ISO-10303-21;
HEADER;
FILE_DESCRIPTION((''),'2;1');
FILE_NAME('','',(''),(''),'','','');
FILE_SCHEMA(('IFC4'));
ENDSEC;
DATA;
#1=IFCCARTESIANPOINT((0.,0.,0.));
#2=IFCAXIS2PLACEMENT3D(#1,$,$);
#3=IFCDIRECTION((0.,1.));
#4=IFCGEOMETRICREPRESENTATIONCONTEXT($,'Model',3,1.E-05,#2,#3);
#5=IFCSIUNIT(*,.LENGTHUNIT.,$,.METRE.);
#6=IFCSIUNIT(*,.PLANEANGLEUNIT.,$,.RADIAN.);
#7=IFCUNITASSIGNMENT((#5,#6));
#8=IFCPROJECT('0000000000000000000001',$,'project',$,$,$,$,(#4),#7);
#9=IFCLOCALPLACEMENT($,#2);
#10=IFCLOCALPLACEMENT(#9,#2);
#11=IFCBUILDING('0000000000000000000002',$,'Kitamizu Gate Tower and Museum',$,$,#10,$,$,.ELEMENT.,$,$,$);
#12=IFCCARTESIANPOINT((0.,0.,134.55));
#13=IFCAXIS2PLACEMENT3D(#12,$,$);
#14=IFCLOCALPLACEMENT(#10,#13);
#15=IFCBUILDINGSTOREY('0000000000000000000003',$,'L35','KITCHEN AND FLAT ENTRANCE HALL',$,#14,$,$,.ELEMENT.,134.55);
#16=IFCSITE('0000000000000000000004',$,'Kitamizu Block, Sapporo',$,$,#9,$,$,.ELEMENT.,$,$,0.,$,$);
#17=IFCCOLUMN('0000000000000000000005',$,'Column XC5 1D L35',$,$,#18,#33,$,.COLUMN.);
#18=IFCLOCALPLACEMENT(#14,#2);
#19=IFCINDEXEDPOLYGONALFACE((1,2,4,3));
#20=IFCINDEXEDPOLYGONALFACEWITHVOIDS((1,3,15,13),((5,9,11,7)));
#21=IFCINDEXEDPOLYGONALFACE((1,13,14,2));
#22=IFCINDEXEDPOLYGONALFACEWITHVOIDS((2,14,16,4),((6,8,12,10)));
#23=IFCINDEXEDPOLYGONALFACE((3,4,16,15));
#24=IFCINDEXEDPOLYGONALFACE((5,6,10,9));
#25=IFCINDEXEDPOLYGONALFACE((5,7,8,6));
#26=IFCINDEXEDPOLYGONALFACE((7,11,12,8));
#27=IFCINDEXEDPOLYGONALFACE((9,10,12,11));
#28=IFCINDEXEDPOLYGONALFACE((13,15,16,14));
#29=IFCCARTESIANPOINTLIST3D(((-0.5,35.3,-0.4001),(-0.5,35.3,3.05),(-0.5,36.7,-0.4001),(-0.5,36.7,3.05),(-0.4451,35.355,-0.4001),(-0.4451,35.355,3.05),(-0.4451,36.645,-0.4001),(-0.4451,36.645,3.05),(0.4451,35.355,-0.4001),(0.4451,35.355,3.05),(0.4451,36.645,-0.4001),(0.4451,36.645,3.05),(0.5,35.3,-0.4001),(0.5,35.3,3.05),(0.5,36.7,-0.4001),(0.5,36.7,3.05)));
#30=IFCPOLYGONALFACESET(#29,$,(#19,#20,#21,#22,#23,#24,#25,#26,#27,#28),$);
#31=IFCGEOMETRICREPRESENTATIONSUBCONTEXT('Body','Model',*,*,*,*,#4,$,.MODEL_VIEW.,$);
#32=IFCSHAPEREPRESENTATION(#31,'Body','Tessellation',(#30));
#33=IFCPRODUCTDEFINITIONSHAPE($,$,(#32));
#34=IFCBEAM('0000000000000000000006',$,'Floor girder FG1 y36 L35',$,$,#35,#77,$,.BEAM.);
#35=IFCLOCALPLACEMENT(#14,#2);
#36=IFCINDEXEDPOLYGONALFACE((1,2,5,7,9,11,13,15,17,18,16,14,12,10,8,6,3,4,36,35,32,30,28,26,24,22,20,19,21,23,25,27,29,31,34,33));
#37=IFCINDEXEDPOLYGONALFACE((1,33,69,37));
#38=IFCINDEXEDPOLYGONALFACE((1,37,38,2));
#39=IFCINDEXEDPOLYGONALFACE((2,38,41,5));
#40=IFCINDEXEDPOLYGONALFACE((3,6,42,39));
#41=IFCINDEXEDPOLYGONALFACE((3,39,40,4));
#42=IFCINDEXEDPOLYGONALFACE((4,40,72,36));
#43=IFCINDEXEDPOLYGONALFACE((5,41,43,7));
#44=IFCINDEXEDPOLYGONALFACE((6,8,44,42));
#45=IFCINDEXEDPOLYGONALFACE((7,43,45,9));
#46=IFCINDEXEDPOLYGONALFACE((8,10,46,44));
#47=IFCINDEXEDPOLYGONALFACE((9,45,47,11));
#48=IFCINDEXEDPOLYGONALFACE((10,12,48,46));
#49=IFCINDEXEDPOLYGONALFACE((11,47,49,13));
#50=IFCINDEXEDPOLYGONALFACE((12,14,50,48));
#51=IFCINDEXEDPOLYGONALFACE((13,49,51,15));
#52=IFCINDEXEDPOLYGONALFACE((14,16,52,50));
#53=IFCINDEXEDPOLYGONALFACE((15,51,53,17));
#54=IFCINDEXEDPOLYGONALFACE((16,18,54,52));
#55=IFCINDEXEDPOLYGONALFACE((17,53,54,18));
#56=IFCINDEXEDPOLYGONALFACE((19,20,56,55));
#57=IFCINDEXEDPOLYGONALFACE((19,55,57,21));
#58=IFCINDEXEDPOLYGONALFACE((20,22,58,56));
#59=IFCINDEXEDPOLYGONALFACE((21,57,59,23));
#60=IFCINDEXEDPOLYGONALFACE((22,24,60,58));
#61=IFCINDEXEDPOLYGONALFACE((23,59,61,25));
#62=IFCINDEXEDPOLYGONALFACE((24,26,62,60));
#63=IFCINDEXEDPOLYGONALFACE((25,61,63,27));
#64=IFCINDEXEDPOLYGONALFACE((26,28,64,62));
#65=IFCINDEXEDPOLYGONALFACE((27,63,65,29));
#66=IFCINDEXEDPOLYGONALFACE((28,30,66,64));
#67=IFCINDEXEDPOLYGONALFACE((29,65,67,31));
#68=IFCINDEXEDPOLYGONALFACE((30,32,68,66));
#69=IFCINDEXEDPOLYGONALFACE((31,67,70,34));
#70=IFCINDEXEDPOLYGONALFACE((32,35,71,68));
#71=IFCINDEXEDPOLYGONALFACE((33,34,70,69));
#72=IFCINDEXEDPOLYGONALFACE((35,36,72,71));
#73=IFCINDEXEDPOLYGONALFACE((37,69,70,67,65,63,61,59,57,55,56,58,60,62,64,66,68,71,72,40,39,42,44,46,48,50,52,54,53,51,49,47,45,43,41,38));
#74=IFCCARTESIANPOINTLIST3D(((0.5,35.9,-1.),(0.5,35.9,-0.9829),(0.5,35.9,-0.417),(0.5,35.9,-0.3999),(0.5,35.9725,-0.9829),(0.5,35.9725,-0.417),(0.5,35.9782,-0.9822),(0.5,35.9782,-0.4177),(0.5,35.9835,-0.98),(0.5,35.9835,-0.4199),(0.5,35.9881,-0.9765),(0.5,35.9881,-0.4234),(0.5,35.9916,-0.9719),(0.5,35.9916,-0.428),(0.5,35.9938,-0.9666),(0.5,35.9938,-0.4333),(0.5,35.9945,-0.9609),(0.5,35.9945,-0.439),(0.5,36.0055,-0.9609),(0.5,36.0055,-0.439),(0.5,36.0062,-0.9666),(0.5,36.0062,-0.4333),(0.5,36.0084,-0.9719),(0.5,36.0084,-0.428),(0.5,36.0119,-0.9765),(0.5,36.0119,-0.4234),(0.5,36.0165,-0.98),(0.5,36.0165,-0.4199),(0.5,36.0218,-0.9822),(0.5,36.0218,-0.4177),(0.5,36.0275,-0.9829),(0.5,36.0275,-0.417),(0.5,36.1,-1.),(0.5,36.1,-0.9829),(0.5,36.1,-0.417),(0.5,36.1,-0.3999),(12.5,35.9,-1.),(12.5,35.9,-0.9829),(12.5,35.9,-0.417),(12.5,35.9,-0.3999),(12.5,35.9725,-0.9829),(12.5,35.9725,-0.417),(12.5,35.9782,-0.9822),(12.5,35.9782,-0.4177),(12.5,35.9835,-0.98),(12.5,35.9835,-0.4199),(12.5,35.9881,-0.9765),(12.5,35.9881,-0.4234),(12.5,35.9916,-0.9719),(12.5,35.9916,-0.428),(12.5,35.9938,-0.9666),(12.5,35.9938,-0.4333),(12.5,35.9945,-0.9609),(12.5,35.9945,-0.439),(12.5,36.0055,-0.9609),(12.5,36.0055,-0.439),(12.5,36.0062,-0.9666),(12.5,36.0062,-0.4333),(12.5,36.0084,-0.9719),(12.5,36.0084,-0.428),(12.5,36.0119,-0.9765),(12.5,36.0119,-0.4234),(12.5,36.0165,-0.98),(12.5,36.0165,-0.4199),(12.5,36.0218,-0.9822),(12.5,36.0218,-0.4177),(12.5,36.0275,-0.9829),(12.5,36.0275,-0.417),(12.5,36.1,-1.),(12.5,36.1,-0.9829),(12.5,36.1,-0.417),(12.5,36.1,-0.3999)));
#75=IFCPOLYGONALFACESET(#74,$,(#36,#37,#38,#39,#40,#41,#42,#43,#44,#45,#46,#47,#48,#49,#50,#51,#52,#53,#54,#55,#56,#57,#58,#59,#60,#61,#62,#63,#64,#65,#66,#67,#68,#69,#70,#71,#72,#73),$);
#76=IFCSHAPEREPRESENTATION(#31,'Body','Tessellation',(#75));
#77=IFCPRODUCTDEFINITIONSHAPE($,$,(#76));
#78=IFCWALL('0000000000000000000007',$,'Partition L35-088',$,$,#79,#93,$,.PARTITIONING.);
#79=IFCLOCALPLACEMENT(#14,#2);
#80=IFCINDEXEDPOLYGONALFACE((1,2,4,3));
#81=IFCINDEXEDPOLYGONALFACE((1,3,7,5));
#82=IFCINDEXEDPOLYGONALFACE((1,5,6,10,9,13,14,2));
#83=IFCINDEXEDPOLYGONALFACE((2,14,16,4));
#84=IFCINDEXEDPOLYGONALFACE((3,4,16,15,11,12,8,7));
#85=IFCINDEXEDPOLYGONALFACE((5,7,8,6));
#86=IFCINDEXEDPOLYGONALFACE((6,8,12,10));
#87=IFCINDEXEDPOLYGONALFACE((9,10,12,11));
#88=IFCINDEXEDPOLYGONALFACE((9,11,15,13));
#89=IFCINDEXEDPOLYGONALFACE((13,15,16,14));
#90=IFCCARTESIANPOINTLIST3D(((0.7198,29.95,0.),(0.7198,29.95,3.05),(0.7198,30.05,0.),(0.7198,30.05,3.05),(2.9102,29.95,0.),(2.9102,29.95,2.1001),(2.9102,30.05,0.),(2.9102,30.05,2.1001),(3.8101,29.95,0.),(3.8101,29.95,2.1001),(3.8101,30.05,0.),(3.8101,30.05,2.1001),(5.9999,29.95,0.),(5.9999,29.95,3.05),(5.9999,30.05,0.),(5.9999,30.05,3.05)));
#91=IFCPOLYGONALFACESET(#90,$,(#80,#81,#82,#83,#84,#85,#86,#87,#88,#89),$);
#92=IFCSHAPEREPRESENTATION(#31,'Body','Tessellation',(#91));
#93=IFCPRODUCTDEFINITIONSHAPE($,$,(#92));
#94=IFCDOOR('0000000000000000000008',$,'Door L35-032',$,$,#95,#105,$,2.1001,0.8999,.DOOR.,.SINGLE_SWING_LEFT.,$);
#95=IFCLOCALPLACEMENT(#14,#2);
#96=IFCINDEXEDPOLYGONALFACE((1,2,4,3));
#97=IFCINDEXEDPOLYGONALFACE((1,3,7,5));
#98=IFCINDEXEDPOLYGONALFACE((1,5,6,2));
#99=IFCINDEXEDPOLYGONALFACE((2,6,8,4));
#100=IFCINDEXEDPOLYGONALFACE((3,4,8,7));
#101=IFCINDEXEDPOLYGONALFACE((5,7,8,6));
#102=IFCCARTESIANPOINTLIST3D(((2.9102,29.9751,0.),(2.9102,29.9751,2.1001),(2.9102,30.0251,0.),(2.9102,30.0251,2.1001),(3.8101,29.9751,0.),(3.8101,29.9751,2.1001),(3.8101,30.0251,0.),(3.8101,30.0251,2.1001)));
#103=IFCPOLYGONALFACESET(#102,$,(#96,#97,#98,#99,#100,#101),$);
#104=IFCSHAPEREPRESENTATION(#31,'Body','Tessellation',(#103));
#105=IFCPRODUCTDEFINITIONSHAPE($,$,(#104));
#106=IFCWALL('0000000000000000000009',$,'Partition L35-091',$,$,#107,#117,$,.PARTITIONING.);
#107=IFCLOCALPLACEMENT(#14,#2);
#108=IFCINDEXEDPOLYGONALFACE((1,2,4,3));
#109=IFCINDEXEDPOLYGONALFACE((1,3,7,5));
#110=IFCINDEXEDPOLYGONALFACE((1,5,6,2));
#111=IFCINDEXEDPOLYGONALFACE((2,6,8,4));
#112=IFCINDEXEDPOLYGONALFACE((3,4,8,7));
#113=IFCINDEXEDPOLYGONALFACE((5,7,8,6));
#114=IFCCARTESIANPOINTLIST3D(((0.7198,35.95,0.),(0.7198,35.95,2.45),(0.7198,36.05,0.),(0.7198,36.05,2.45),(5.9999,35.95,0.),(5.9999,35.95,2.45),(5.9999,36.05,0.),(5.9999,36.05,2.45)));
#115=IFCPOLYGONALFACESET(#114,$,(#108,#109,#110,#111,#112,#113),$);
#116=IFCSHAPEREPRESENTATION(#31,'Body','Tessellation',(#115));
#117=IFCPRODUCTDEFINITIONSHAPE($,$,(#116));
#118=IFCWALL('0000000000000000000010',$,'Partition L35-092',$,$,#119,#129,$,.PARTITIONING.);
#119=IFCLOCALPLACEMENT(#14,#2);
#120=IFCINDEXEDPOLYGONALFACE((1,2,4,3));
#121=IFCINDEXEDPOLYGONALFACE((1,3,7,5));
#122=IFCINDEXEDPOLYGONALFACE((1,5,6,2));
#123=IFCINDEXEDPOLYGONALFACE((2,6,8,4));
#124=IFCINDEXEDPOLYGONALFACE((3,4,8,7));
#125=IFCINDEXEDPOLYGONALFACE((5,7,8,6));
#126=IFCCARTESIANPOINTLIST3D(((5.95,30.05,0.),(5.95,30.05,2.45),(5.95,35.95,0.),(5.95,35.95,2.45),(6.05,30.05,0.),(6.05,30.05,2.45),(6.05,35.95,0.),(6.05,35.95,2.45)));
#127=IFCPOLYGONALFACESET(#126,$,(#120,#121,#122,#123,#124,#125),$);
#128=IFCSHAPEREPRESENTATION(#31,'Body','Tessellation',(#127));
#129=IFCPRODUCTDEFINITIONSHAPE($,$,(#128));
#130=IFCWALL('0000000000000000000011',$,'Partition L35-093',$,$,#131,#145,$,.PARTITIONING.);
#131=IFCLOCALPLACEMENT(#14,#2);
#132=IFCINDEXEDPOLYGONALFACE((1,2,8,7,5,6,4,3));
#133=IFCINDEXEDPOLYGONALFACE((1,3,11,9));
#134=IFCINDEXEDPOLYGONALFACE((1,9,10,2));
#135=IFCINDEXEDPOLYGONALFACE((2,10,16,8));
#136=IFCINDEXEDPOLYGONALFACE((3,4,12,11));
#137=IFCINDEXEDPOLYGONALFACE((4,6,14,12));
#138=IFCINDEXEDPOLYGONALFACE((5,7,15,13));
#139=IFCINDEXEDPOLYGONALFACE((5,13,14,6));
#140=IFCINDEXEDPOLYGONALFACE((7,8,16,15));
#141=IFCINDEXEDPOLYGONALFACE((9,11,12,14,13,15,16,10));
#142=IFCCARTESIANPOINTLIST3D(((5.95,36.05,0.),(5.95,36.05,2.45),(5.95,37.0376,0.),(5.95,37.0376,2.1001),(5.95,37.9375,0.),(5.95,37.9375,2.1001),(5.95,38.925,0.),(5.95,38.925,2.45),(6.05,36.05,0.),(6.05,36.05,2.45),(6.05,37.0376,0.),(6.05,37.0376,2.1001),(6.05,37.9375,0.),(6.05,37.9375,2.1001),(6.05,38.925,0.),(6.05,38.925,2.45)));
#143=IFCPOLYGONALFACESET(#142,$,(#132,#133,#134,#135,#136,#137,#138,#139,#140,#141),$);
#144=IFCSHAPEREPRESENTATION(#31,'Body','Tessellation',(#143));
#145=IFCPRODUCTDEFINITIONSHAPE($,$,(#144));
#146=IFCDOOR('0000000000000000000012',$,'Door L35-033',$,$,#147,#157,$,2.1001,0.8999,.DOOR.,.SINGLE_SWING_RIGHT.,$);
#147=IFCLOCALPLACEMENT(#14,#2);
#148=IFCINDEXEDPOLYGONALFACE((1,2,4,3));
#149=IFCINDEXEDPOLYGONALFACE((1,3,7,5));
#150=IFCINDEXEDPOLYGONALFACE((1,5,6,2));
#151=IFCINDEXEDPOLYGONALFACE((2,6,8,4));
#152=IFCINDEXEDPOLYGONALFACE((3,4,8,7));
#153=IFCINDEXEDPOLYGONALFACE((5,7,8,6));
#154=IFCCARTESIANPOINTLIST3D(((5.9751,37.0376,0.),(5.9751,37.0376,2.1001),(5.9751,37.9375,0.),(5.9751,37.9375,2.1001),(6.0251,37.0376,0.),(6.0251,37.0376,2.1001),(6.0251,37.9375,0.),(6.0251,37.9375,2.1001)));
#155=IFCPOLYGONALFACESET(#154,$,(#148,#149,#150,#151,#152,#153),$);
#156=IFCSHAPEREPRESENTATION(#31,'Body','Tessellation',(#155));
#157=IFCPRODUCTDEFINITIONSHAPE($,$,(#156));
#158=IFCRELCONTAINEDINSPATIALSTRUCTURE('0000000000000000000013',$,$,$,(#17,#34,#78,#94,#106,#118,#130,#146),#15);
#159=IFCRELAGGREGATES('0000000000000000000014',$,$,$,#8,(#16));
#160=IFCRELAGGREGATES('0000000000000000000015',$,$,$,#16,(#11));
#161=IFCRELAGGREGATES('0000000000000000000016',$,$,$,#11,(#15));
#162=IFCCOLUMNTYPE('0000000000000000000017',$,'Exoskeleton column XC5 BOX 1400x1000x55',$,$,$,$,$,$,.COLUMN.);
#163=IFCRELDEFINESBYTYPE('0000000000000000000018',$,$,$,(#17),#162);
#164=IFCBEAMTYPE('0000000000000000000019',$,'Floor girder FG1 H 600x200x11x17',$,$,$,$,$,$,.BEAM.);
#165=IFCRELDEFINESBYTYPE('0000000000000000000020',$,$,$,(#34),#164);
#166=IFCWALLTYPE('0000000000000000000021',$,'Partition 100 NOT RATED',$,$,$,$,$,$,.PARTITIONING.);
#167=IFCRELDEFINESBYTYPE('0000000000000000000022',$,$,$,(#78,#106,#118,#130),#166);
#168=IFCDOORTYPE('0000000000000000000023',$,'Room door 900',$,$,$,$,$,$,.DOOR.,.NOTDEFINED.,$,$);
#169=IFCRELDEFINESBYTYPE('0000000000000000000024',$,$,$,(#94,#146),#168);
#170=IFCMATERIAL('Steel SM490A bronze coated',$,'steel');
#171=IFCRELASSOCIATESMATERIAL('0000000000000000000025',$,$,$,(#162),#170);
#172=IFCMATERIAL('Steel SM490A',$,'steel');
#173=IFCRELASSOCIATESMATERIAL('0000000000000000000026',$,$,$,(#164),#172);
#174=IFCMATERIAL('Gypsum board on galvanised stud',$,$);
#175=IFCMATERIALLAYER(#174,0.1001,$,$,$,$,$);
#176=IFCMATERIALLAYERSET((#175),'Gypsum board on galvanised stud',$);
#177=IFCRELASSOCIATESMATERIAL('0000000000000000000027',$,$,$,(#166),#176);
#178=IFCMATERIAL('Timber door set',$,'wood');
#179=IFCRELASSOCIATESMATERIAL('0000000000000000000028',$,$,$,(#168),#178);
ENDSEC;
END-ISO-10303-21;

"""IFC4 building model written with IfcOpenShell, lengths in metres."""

from ifc_helpers import new_model, si_unit, direction, frame, frame_2d, origin, origin_2d, place, context, subcontext, project, spatial, rectangle, hollow_rectangle, i_section, extrude, material, layer, layer_set, material_profile, profile_set, type_object, element, fill, save


model = new_model("IFC4")

# Units and contexts
model_context = context("Model", 3, precision=1e-05, world=origin(), true_north=direction((0.0, 1.0)))
body_context = subcontext(model_context, "Body", "Model", "MODEL_VIEW")
ifc_project = project(units=[si_unit("LENGTHUNIT", "METRE"), si_unit("PLANEANGLEUNIT", "RADIAN")], contexts=[model_context])

# Site, building, storey
site_placement = place(None, origin())
site = spatial("IfcSite", under=ifc_project, at=site_placement, Name="Kitamizu Block, Sapporo", CompositionType="ELEMENT", RefElevation=0.0)
building_placement = place(site_placement, origin())
building = spatial("IfcBuilding", under=site, at=building_placement, Name="Kitamizu Gate Tower and Museum", CompositionType="ELEMENT")
storey_placement = place(building_placement, frame((0.0, 0.0, 134.55)))
storey = spatial("IfcBuildingStorey", under=building, at=storey_placement, Name="L35", Description="KITCHEN AND FLAT ENTRANCE HALL", CompositionType="ELEMENT", Elevation=134.55)

# Column
ifc_material_1 = material(Name="Steel SM490A bronze coated", Category="steel")
ifc_material_profile_1 = material_profile(ifc_material_1, hollow_rectangle(XDim=1.3999, YDim=1.0, WallThickness=0.0549, at=origin_2d()), Name="BOX 1400x1000x55")
ifc_profile_set_1 = profile_set([ifc_material_profile_1], Name="Steel SM490A bronze coated")
column_type = type_object("IfcColumnType", Name="Exoskeleton column XC5 BOX 1400x1000x55", PredefinedType="COLUMN", material=ifc_profile_set_1)
column_placement = place(storey_placement, frame((0.0, 36.0, -0.4001), z_axis=(0.0, 0.0, 1.0), x_axis=(0.0, 1.0, 0.0)))
element("IfcColumn", 1, at=column_placement, inside=storey, type_object=column_type, Name="Column XC5 1D L35", PredefinedType="COLUMN", context=body_context, shape_type="SweptSolid", body=[
    extrude(hollow_rectangle(XDim=1.3999, YDim=1.0, WallThickness=0.0549, at=origin_2d()), origin(), (0.0, 0.0, 1.0), 3.4502),
])

# Beam
ifc_material_2 = material(Name="Steel SM490A", Category="steel")
ifc_material_profile_2 = material_profile(ifc_material_2, i_section(OverallWidth=0.2, OverallDepth=0.6001, WebThickness=0.011, FlangeThickness=0.0171, FilletRadius=0.022, at=origin_2d()), Name="H-600x200x11x17")
ifc_profile_set_2 = profile_set([ifc_material_profile_2], Name="Steel SM490A")
beam_type = type_object("IfcBeamType", Name="Floor girder FG1 H 600x200x11x17", PredefinedType="BEAM", material=ifc_profile_set_2)
beam_placement = place(storey_placement, frame((0.5, 36.0, -0.7), z_axis=(1.0, 0.0, 0.0), x_axis=(0.0, 1.0, 0.0)))
element("IfcBeam", 2, at=beam_placement, inside=storey, type_object=beam_type, Name="Floor girder FG1 y36 L35", PredefinedType="BEAM", context=body_context, shape_type="SweptSolid", body=[
    extrude(i_section(OverallWidth=0.2, OverallDepth=0.6001, WebThickness=0.011, FlangeThickness=0.0171, FilletRadius=0.022, at=origin_2d()), origin(), (0.0, 0.0, 1.0), 12.0),
])

# Wall, opening, door
ifc_material_3 = material(Name="Gypsum board on galvanised stud")
ifc_layer_1 = layer(ifc_material_3, 0.1001)
ifc_layer_set_1 = layer_set([ifc_layer_1], Name="Gypsum board on galvanised stud")
wall_type_1 = type_object("IfcWallType", Name="Partition 100 NOT RATED", PredefinedType="PARTITIONING", material=ifc_layer_set_1)
wall_1_placement = place(storey_placement, frame((6.0, 30.0, 0.0), z_axis=(0.0, 0.0, 1.0), x_axis=(-1.0, 0.0, 0.0)))
wall_1 = element("IfcWall", 3, at=wall_1_placement, inside=storey, type_object=wall_type_1, Name="Partition L35-088", PredefinedType="PARTITIONING", context=body_context, shape_type="SweptSolid", body=[
    extrude(rectangle(XDim=5.28, YDim=0.1001, at=frame_2d((2.6401, 0.0))), origin(), (0.0, 0.0, 1.0), 3.05),
])
opening_1_placement = place(wall_1_placement, frame((2.1899, 0.0, 0.0)))
opening_1 = element("IfcOpeningElement", 4, at=opening_1_placement, cuts=wall_1, PredefinedType="OPENING", context=body_context, shape_type="SweptSolid", body=[
    extrude(rectangle(XDim=0.8999, YDim=2.1001, at=frame_2d((0.45, 1.05))), frame((0.0, 0.0601, 0.0), z_axis=(0.0, -1.0, 0.0), x_axis=(1.0, 0.0, 0.0)), (0.0, 0.0, 1.0), 0.1201),
])
ifc_material_4 = material(Name="Timber door set", Category="wood")
door_type_1 = type_object("IfcDoorType", Name="Room door 900", OperationType="NOTDEFINED", PredefinedType="DOOR", material=ifc_material_4)
door_1_placement = place(opening_1_placement, origin())
door_1 = element("IfcDoor", 5, at=door_1_placement, inside=storey, type_object=door_type_1, Name="Door L35-032", OperationType="SINGLE_SWING_LEFT", OverallHeight=2.1001, OverallWidth=0.8999, PredefinedType="DOOR", context=body_context, shape_type="SweptSolid", body=[
    extrude(rectangle(XDim=0.8999, YDim=2.1001, at=frame_2d((0.45, 1.05))), frame((0.0, 0.0249, 0.0), z_axis=(0.0, -1.0, 0.0), x_axis=(1.0, 0.0, 0.0)), (0.0, 0.0, 1.0), 0.05),
])
fill(opening_1, door_1)

# Walls
wall_2_placement = place(storey_placement, frame((6.0, 36.0, 0.0), z_axis=(0.0, 0.0, 1.0), x_axis=(-1.0, 0.0, 0.0)))
element("IfcWall", 6, at=wall_2_placement, inside=storey, type_object=wall_type_1, Name="Partition L35-091", PredefinedType="PARTITIONING", context=body_context, shape_type="SweptSolid", body=[
    extrude(rectangle(XDim=5.28, YDim=0.1001, at=frame_2d((2.6401, 0.0))), origin(), (0.0, 0.0, 1.0), 2.45),
])
wall_3_placement = place(storey_placement, frame((6.0, 30.05, 0.0), z_axis=(0.0, 0.0, 1.0), x_axis=(0.0, 1.0, 0.0)))
element("IfcWall", 7, at=wall_3_placement, inside=storey, type_object=wall_type_1, Name="Partition L35-092", PredefinedType="PARTITIONING", context=body_context, shape_type="SweptSolid", body=[
    extrude(rectangle(XDim=5.8999, YDim=0.1001, at=frame_2d((2.95, 0.0))), origin(), (0.0, 0.0, 1.0), 2.45),
])

# Wall, opening, door
wall_4_placement = place(storey_placement, frame((6.0, 36.05, 0.0), z_axis=(0.0, 0.0, 1.0), x_axis=(0.0, 1.0, 0.0)))
wall_4 = element("IfcWall", 8, at=wall_4_placement, inside=storey, type_object=wall_type_1, Name="Partition L35-093", PredefinedType="PARTITIONING", context=body_context, shape_type="SweptSolid", body=[
    extrude(rectangle(XDim=2.875, YDim=0.1001, at=frame_2d((1.4375, 0.0))), origin(), (0.0, 0.0, 1.0), 2.45),
])
opening_2_placement = place(wall_4_placement, frame((0.9875, 0.0, 0.0)))
opening_2 = element("IfcOpeningElement", 9, at=opening_2_placement, cuts=wall_4, PredefinedType="OPENING", context=body_context, shape_type="SweptSolid", body=[
    extrude(rectangle(XDim=0.8999, YDim=2.1001, at=frame_2d((0.45, 1.05))), frame((0.0, 0.0601, 0.0), z_axis=(0.0, -1.0, 0.0), x_axis=(1.0, 0.0, 0.0)), (0.0, 0.0, 1.0), 0.1201),
])
door_2_placement = place(opening_2_placement, origin())
door_2 = element("IfcDoor", 10, at=door_2_placement, inside=storey, type_object=door_type_1, Name="Door L35-033", OperationType="SINGLE_SWING_RIGHT", OverallHeight=2.1001, OverallWidth=0.8999, PredefinedType="DOOR", context=body_context, shape_type="SweptSolid", body=[
    extrude(rectangle(XDim=0.8999, YDim=2.1001, at=frame_2d((0.45, 1.05))), frame((0.0, 0.0249, 0.0), z_axis=(0.0, -1.0, 0.0), x_axis=(1.0, 0.0, 0.0)), (0.0, 0.0, 1.0), 0.05),
])
fill(opening_2, door_2)

save(model, "model.ifc")
